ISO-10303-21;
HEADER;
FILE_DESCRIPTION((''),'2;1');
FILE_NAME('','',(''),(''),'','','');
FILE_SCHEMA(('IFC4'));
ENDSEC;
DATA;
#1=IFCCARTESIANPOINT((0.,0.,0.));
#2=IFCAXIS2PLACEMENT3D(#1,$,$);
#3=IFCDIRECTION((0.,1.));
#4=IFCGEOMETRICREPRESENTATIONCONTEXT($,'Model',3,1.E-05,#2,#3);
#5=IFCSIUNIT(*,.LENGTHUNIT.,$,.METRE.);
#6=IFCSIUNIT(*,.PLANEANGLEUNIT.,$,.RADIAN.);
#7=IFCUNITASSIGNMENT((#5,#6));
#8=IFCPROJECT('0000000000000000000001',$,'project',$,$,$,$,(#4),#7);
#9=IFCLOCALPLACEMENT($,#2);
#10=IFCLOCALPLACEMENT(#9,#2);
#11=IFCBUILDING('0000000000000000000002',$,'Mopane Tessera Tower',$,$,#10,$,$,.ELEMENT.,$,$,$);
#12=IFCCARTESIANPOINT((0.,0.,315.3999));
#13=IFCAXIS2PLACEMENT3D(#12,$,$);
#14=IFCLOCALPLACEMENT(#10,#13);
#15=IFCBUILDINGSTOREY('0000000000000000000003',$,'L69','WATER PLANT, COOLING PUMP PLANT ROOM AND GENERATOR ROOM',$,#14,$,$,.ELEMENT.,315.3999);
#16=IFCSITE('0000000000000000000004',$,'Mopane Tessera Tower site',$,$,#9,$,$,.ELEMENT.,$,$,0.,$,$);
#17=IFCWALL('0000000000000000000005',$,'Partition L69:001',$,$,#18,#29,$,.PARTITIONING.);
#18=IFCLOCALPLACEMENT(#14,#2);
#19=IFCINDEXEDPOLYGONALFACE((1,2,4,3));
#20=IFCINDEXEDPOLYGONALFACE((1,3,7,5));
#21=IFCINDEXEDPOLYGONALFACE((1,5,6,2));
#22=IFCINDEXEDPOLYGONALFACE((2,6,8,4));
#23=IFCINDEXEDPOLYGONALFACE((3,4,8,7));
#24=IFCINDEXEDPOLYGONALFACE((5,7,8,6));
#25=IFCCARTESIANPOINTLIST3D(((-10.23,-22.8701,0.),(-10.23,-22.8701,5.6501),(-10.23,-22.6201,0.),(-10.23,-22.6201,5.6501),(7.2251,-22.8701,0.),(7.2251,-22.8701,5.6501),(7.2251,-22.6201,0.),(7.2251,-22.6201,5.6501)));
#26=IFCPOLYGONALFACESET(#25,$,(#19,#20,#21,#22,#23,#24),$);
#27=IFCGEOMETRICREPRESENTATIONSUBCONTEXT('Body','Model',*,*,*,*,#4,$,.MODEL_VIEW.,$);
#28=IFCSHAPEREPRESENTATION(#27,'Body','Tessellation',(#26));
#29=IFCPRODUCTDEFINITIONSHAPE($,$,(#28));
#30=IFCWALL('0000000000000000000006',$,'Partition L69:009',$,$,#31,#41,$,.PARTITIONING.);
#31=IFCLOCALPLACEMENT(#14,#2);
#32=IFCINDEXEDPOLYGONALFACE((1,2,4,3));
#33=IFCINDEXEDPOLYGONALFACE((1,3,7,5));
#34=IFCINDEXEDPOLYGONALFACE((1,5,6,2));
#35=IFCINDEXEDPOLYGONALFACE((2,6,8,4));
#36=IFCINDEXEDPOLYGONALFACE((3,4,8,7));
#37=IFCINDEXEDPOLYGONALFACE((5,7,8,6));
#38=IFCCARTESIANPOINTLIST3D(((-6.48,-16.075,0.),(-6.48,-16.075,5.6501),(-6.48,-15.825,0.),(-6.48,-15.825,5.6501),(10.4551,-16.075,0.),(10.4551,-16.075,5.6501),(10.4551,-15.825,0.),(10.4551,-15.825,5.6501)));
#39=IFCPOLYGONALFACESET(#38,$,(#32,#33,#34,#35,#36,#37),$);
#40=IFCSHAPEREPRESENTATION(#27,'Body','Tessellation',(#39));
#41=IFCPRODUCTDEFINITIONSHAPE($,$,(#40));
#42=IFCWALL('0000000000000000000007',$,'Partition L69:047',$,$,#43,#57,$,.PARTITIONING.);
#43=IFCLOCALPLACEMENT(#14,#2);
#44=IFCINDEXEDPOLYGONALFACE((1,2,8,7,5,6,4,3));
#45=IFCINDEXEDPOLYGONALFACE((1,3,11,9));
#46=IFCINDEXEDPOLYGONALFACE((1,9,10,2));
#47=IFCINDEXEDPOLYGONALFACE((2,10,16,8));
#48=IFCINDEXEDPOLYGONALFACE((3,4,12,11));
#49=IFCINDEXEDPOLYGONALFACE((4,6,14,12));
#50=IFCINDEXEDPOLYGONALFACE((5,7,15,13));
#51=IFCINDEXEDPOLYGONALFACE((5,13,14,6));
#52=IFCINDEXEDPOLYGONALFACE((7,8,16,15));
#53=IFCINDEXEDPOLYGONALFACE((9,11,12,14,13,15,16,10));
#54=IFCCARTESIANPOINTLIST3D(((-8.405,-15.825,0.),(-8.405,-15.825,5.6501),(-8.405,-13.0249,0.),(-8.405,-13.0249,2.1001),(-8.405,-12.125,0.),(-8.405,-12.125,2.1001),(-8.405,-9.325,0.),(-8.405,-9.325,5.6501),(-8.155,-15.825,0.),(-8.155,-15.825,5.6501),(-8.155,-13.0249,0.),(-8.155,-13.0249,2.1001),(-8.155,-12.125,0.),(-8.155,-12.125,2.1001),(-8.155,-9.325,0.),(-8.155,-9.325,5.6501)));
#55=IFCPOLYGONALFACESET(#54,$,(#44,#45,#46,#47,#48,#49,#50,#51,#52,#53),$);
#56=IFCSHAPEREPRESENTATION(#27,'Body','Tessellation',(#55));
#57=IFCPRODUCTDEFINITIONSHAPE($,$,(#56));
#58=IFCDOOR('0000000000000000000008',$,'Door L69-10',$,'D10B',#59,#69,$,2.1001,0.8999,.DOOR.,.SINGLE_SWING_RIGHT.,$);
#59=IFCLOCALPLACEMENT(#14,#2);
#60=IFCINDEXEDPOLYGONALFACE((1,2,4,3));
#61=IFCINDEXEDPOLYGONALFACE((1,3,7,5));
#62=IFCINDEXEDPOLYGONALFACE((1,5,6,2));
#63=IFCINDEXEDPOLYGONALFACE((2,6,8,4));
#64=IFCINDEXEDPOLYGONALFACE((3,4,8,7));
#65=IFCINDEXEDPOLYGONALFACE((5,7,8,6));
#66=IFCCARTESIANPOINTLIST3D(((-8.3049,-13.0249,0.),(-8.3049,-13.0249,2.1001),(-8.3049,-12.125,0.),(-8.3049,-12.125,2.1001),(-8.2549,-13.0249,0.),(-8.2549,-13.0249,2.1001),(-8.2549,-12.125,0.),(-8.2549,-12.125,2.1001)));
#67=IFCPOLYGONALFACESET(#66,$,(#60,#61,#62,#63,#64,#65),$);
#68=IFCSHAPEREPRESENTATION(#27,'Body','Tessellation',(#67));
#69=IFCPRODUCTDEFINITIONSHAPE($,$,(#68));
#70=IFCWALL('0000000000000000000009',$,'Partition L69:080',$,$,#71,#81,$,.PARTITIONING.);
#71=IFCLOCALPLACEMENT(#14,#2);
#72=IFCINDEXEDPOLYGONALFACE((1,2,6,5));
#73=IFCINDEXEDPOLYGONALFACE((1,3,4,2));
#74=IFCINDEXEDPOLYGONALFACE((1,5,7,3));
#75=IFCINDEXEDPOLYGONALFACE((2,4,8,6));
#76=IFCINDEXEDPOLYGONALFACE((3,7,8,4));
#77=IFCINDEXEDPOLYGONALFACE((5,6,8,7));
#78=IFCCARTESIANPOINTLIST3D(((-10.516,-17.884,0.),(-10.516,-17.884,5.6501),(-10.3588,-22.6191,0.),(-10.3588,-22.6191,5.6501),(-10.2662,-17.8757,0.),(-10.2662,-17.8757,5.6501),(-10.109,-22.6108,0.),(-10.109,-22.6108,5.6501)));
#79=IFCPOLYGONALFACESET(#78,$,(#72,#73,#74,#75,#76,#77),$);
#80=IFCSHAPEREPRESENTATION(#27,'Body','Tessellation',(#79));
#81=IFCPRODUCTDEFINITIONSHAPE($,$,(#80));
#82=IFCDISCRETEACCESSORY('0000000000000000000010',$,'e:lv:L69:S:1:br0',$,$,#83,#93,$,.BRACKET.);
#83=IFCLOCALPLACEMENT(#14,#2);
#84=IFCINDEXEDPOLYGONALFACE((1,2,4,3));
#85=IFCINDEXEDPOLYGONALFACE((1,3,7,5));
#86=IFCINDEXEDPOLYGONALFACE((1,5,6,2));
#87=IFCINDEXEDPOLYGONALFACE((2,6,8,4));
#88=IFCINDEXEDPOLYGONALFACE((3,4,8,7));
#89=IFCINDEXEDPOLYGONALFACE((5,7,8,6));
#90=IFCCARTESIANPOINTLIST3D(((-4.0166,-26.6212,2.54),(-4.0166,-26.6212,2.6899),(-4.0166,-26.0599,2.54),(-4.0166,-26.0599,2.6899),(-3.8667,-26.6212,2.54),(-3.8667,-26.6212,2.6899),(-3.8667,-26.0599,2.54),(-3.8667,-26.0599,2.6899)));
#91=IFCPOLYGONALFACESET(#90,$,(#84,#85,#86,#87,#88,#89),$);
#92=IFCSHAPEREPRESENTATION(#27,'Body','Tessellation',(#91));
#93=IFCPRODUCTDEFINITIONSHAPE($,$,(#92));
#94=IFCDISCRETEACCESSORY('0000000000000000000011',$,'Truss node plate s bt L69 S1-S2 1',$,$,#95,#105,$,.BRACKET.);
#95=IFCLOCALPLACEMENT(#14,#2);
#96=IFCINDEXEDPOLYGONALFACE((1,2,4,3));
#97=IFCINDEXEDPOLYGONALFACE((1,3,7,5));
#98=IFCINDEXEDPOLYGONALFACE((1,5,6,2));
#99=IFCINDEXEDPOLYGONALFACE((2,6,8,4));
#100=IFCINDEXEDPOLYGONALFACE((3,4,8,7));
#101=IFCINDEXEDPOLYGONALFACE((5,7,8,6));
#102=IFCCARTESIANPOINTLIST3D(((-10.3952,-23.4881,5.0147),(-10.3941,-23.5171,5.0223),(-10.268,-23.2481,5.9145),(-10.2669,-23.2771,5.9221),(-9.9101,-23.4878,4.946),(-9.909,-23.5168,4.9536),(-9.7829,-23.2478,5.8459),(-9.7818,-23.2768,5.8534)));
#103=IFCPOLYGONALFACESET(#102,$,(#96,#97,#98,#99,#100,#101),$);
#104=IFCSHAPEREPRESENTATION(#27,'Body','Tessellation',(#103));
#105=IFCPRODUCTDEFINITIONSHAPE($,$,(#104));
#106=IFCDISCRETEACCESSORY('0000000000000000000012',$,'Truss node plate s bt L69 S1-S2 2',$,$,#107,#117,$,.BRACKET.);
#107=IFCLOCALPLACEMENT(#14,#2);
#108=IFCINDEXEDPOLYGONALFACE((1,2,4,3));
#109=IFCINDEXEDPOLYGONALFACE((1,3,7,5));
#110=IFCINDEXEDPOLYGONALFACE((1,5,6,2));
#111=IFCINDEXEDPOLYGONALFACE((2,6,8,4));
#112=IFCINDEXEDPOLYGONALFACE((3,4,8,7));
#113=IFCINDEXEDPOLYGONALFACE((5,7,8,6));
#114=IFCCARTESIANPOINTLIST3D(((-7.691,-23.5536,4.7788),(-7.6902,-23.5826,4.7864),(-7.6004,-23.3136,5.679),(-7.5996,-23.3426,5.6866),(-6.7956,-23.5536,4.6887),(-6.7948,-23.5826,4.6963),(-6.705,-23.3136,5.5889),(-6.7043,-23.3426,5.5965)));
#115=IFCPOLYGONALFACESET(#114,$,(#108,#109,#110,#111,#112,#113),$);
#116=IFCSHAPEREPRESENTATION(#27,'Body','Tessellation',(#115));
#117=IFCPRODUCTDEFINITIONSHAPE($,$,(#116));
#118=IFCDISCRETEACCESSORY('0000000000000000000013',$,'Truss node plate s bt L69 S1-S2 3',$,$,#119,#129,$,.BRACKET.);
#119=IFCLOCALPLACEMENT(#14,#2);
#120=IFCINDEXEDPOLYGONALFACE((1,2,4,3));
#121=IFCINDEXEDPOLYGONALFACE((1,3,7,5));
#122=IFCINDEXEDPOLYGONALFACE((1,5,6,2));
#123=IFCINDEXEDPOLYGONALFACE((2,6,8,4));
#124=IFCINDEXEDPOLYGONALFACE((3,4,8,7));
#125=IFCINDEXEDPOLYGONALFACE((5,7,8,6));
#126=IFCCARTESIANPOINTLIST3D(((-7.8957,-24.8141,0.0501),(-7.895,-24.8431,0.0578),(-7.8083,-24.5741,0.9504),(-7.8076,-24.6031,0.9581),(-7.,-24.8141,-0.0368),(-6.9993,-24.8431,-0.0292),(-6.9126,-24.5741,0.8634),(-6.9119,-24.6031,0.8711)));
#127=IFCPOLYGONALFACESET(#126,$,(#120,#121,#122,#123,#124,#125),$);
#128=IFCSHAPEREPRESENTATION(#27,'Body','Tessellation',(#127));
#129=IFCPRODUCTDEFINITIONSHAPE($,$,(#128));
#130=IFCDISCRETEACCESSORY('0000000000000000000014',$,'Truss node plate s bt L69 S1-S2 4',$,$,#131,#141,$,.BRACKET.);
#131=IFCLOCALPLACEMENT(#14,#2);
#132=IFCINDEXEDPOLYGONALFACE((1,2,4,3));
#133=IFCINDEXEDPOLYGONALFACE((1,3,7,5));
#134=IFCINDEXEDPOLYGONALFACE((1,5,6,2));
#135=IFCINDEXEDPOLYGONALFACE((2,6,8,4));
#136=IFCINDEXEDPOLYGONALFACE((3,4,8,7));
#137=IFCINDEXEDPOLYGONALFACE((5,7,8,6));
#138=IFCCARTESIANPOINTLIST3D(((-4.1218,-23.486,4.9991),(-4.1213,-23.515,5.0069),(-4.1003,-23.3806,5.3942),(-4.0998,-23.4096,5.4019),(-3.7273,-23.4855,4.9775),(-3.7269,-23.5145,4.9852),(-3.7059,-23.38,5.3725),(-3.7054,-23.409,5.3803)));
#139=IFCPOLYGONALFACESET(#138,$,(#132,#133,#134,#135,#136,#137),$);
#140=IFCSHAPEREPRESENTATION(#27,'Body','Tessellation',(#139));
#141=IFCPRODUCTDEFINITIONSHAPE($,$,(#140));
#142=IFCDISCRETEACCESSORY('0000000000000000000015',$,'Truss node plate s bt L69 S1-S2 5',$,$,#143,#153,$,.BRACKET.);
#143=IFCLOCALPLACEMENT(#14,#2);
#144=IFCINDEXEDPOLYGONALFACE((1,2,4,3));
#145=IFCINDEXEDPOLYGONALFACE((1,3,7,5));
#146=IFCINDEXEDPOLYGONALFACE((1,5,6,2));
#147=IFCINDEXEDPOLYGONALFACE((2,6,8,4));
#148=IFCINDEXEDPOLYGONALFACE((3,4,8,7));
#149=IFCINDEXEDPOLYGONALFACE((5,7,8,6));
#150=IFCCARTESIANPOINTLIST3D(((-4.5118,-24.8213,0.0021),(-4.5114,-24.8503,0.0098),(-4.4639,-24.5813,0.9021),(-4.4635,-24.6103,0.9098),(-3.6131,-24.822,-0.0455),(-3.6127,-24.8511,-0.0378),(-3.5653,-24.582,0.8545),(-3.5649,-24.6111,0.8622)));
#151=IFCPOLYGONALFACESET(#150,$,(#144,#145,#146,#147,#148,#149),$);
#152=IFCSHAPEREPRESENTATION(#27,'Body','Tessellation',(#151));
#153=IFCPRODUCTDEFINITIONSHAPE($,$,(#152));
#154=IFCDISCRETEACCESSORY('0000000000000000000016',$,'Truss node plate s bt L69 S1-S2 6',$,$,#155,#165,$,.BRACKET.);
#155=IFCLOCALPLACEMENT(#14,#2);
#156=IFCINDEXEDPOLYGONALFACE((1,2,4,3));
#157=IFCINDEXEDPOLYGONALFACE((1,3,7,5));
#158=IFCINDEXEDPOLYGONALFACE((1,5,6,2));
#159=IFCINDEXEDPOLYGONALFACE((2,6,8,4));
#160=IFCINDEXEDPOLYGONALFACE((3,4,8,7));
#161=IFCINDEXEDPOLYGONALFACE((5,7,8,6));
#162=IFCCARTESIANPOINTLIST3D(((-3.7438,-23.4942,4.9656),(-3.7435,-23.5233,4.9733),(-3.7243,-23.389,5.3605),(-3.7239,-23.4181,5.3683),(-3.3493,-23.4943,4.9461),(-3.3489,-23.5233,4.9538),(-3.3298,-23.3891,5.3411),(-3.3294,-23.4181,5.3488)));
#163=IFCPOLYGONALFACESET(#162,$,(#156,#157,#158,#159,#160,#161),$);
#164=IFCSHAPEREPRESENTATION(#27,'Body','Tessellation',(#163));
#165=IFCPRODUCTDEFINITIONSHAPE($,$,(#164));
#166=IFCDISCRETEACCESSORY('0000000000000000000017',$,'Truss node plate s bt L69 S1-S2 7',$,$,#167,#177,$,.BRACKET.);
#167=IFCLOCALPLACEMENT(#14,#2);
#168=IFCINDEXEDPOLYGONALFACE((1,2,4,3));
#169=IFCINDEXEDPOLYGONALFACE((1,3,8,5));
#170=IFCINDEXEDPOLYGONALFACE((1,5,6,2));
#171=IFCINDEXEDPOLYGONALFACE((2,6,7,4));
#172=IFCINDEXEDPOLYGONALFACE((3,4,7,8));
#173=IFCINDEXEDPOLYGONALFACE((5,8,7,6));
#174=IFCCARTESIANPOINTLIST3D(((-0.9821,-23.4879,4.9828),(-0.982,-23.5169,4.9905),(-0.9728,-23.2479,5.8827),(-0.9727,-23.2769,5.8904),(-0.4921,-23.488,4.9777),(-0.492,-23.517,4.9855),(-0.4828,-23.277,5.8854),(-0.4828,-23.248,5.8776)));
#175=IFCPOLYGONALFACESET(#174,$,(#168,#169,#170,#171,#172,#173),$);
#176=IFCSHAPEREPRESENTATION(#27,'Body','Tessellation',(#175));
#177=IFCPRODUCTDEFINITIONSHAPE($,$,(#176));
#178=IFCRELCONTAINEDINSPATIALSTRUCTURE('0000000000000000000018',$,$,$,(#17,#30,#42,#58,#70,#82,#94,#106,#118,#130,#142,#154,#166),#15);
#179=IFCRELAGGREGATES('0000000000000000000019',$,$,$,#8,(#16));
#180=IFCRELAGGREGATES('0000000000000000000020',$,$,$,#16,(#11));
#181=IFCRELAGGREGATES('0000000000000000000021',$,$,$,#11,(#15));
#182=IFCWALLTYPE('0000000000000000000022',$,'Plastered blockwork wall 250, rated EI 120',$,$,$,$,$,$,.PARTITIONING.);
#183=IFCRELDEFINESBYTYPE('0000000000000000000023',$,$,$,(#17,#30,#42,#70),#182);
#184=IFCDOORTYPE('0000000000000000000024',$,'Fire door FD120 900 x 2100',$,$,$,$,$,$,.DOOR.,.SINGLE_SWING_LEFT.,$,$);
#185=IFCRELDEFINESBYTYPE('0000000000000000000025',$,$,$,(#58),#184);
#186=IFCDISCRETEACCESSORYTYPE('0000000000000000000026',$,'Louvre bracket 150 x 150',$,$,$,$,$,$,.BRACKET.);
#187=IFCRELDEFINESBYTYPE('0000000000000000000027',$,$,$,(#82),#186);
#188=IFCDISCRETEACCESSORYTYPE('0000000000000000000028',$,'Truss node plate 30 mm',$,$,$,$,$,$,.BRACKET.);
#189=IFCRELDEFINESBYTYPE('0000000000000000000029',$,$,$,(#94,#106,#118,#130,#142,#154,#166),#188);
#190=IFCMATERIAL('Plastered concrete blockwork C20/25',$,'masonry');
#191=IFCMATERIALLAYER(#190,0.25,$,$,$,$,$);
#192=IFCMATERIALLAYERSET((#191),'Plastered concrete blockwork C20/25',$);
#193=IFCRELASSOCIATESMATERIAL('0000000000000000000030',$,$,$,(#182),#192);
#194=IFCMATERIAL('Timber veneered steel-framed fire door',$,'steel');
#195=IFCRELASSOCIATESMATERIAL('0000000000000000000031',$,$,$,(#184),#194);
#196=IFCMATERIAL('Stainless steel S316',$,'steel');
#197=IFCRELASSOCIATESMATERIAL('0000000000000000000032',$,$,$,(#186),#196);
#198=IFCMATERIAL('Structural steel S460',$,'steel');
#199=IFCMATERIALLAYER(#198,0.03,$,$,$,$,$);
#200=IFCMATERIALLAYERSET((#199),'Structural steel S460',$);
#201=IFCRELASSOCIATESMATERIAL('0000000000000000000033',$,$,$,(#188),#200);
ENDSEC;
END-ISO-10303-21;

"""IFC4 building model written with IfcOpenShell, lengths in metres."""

from ifc_helpers import new_model, si_unit, direction, frame, frame_2d, origin, origin_2d, place, context, subcontext, project, spatial, rectangle, extrude, material, layer, layer_set, type_object, element, fill, save


model = new_model("IFC4")

# Units and contexts
model_context = context("Model", 3, precision=1e-05, world=origin(), true_north=direction((0.0, 1.0)))
body_context = subcontext(model_context, "Body", "Model", "MODEL_VIEW")
ifc_project = project(units=[si_unit("LENGTHUNIT", "METRE"), si_unit("PLANEANGLEUNIT", "RADIAN")], contexts=[model_context])

# Site, building, storey
site_placement = place(None, origin())
site = spatial("IfcSite", under=ifc_project, at=site_placement, Name="Mopane Tessera Tower site", CompositionType="ELEMENT", RefElevation=0.0)
building_placement = place(site_placement, origin())
building = spatial("IfcBuilding", under=site, at=building_placement, Name="Mopane Tessera Tower", CompositionType="ELEMENT")
storey_placement = place(building_placement, frame((0.0, 0.0, 315.3999)))
storey = spatial("IfcBuildingStorey", under=building, at=storey_placement, Name="L69", Description="WATER PLANT, COOLING PUMP PLANT ROOM AND GENERATOR ROOM", CompositionType="ELEMENT", Elevation=315.3999)

# Walls
ifc_material_1 = material(Name="Plastered concrete blockwork C20/25", Category="masonry")
ifc_layer_1 = layer(ifc_material_1, 0.25)
ifc_layer_set_1 = layer_set([ifc_layer_1], Name="Plastered concrete blockwork C20/25")
wall_type = type_object("IfcWallType", Name="Plastered blockwork wall 250, rated EI 120", PredefinedType="PARTITIONING", material=ifc_layer_set_1)
wall_1_placement = place(storey_placement, frame((-10.23, -22.7451, 0.0), z_axis=(0.0, 0.0, 1.0), x_axis=(1.0, 0.0, 0.0)))
element("IfcWall", 1, at=wall_1_placement, inside=storey, type_object=wall_type, Name="Partition L69:001", PredefinedType="PARTITIONING", context=body_context, shape_type="SweptSolid", body=[
    extrude(rectangle(XDim=17.4551, YDim=0.25, at=frame_2d((8.7275, 0.0))), origin(), (0.0, 0.0, 1.0), 5.6501),
])
wall_2_placement = place(storey_placement, frame((-6.48, -15.95, 0.0), z_axis=(0.0, 0.0, 1.0), x_axis=(1.0, 0.0, 0.0)))
element("IfcWall", 2, at=wall_2_placement, inside=storey, type_object=wall_type, Name="Partition L69:009", PredefinedType="PARTITIONING", context=body_context, shape_type="SweptSolid", body=[
    extrude(rectangle(XDim=16.9351, YDim=0.25, at=frame_2d((8.4675, 0.0))), origin(), (0.0, 0.0, 1.0), 5.6501),
])

# Wall, opening, door
wall_3_placement = place(storey_placement, frame((-8.28, -15.825, 0.0), z_axis=(0.0, 0.0, 1.0), x_axis=(0.0, 1.0, 0.0)))
wall_3 = element("IfcWall", 3, at=wall_3_placement, inside=storey, type_object=wall_type, Name="Partition L69:047", PredefinedType="PARTITIONING", context=body_context, shape_type="SweptSolid", body=[
    extrude(rectangle(XDim=6.5, YDim=0.25, at=frame_2d((3.25, 0.0))), origin(), (0.0, 0.0, 1.0), 5.6501),
])
opening_placement = place(wall_3_placement, frame((2.8, 0.0, 0.0)))
opening = element("IfcOpeningElement", 4, at=opening_placement, cuts=wall_3, PredefinedType="OPENING", context=body_context, shape_type="SweptSolid", body=[
    extrude(rectangle(XDim=0.8999, YDim=2.1001, at=frame_2d((0.45, 1.05))), frame((0.0, 0.137, 0.0), z_axis=(0.0, -1.0, 0.0), x_axis=(1.0, 0.0, 0.0)), (0.0, 0.0, 1.0), 0.2739),
])
ifc_material_2 = material(Name="Timber veneered steel-framed fire door", Category="steel")
door_type = type_object("IfcDoorType", Name="Fire door FD120 900 x 2100", OperationType="SINGLE_SWING_LEFT", PredefinedType="DOOR", material=ifc_material_2)
door_placement = place(opening_placement, origin())
door = element("IfcDoor", 5, at=door_placement, inside=storey, type_object=door_type, Name="Door L69-10", ObjectType="D10B", OperationType="SINGLE_SWING_RIGHT", OverallHeight=2.1001, OverallWidth=0.8999, PredefinedType="DOOR", context=body_context, shape_type="SweptSolid", body=[
    extrude(rectangle(XDim=0.8999, YDim=2.1001, at=frame_2d((0.45, 1.05))), frame((0.0, 0.0249, 0.0), z_axis=(0.0, -1.0, 0.0), x_axis=(1.0, 0.0, 0.0)), (0.0, 0.0, 1.0), 0.05),
])
fill(opening, door)

# Wall
wall_4_placement = place(storey_placement, frame((-10.2339, -22.615, 0.0), z_axis=(0.0, 0.0, 1.0), x_axis=(-0.033186, 0.999449, 0.0)))
element("IfcWall", 6, at=wall_4_placement, inside=storey, type_object=wall_type, Name="Partition L69:080", PredefinedType="PARTITIONING", context=body_context, shape_type="SweptSolid", body=[
    extrude(rectangle(XDim=4.7378, YDim=0.25, at=frame_2d((2.3689, 0.0))), origin(), (0.0, 0.0, 1.0), 5.6501),
])

# Discrete accessories
ifc_material_3 = material(Name="Stainless steel S316", Category="steel")
discrete_accessory_type_1 = type_object("IfcDiscreteAccessoryType", Name="Louvre bracket 150 x 150", PredefinedType="BRACKET", material=ifc_material_3)
discrete_accessory_1_placement = place(storey_placement, frame((-3.9417, -26.3406, 2.54), z_axis=(0.0, 0.0, 1.0), x_axis=(0.0, -1.0, 0.0)))
element("IfcDiscreteAccessory", 7, at=discrete_accessory_1_placement, inside=storey, type_object=discrete_accessory_type_1, Name="e:lv:L69:S:1:br0", PredefinedType="BRACKET", context=body_context, shape_type="SweptSolid", body=[
    extrude(rectangle(XDim=0.5613, YDim=0.1499, at=origin_2d()), origin(), (0.0, 0.0, 1.0), 0.1499),
])
ifc_material_4 = material(Name="Structural steel S460", Category="steel")
ifc_layer_2 = layer(ifc_material_4, 0.03)
ifc_layer_set_2 = layer_set([ifc_layer_2], Name="Structural steel S460")
discrete_accessory_type_2 = type_object("IfcDiscreteAccessoryType", Name="Truss node plate 30 mm", PredefinedType="BRACKET", material=ifc_layer_set_2)
discrete_accessory_2_placement = place(storey_placement, frame((-10.1521, -23.5024, 4.9841), z_axis=(0.135316, 0.255309, 0.957344), x_axis=(-0.036396, 0.966859, -0.252702)))
element("IfcDiscreteAccessory", 8, at=discrete_accessory_2_placement, inside=storey, type_object=discrete_accessory_type_2, Name="Truss node plate s bt L69 S1-S2 1", PredefinedType="BRACKET", context=body_context, shape_type="SweptSolid", body=[
    extrude(rectangle(XDim=0.03, YDim=0.49, at=origin_2d()), origin(), (0.0, 0.0, 1.0), 0.9399),
])
discrete_accessory_3_placement = place(storey_placement, frame((-7.2429, -23.5681, 4.7375), z_axis=(0.096771, 0.256405, 0.961713), x_axis=(-0.025677, 0.96657, -0.255116)))
element("IfcDiscreteAccessory", 9, at=discrete_accessory_3_placement, inside=storey, type_object=discrete_accessory_type_2, Name="Truss node plate s bt L69 S1-S2 2", PredefinedType="BRACKET", context=body_context, shape_type="SweptSolid", body=[
    extrude(rectangle(XDim=0.03, YDim=0.8999, at=origin_2d()), origin(), (0.0, 0.0, 1.0), 0.936),
])
discrete_accessory_4_placement = place(storey_placement, frame((-7.4475, -24.8286, 0.0105), z_axis=(0.09341, 0.256487, 0.962023), x_axis=(-0.024761, 0.966548, -0.255289)))
element("IfcDiscreteAccessory", 10, at=discrete_accessory_4_placement, inside=storey, type_object=discrete_accessory_type_2, Name="Truss node plate s bt L69 S1-S2 3", PredefinedType="BRACKET", context=body_context, shape_type="SweptSolid", body=[
    extrude(rectangle(XDim=0.03, YDim=0.8999, at=origin_2d()), origin(), (0.0, 0.0, 1.0), 0.9358),
])
discrete_accessory_5_placement = place(storey_placement, frame((-3.9243, -23.5002, 4.9922), z_axis=(0.052475, 0.257605, 0.964824), x_axis=(-0.01548, 0.966249, -0.257143)))
element("IfcDiscreteAccessory", 11, at=discrete_accessory_5_placement, inside=storey, type_object=discrete_accessory_type_2, Name="Truss node plate s bt L69 S1-S2 4", PredefinedType="BRACKET", context=body_context, shape_type="SweptSolid", body=[
    extrude(rectangle(XDim=0.03, YDim=0.395, at=origin_2d()), origin(), (0.0, 0.0, 1.0), 0.4094),
])
discrete_accessory_6_placement = place(storey_placement, frame((-4.0623, -24.8362, -0.0178), z_axis=(0.051311, 0.25734, 0.964958), x_axis=(-0.012831, 0.966321, -0.257021)))
element("IfcDiscreteAccessory", 12, at=discrete_accessory_6_placement, inside=storey, type_object=discrete_accessory_type_2, Name="Truss node plate s bt L69 S1-S2 5", PredefinedType="BRACKET", context=body_context, shape_type="SweptSolid", body=[
    extrude(rectangle(XDim=0.03, YDim=0.8999, at=origin_2d()), origin(), (0.0, 0.0, 1.0), 0.9326),
])
discrete_accessory_7_placement = place(storey_placement, frame((-3.5464, -23.5088, 4.9597), z_axis=(0.047723, 0.257109, 0.965203), x_axis=(-0.012463, 0.966382, -0.256807)))
element("IfcDiscreteAccessory", 13, at=discrete_accessory_7_placement, inside=storey, type_object=discrete_accessory_type_2, Name="Truss node plate s bt L69 S1-S2 6", PredefinedType="BRACKET", context=body_context, shape_type="SweptSolid", body=[
    extrude(rectangle(XDim=0.03, YDim=0.395, at=origin_2d()), origin(), (0.0, 0.0, 1.0), 0.4092),
])
discrete_accessory_8_placement = place(storey_placement, frame((-0.7371, -23.5024, 4.9841), z_axis=(0.009961, 0.257666, 0.966183), x_axis=(-0.002535, 0.966234, -0.257654)))
element("IfcDiscreteAccessory", 14, at=discrete_accessory_8_placement, inside=storey, type_object=discrete_accessory_type_2, Name="Truss node plate s bt L69 S1-S2 7", PredefinedType="BRACKET", context=body_context, shape_type="SweptSolid", body=[
    extrude(rectangle(XDim=0.03, YDim=0.49, at=origin_2d()), origin(), (0.0, 0.0, 1.0), 0.9314),
])

save(model, "model.ifc")
